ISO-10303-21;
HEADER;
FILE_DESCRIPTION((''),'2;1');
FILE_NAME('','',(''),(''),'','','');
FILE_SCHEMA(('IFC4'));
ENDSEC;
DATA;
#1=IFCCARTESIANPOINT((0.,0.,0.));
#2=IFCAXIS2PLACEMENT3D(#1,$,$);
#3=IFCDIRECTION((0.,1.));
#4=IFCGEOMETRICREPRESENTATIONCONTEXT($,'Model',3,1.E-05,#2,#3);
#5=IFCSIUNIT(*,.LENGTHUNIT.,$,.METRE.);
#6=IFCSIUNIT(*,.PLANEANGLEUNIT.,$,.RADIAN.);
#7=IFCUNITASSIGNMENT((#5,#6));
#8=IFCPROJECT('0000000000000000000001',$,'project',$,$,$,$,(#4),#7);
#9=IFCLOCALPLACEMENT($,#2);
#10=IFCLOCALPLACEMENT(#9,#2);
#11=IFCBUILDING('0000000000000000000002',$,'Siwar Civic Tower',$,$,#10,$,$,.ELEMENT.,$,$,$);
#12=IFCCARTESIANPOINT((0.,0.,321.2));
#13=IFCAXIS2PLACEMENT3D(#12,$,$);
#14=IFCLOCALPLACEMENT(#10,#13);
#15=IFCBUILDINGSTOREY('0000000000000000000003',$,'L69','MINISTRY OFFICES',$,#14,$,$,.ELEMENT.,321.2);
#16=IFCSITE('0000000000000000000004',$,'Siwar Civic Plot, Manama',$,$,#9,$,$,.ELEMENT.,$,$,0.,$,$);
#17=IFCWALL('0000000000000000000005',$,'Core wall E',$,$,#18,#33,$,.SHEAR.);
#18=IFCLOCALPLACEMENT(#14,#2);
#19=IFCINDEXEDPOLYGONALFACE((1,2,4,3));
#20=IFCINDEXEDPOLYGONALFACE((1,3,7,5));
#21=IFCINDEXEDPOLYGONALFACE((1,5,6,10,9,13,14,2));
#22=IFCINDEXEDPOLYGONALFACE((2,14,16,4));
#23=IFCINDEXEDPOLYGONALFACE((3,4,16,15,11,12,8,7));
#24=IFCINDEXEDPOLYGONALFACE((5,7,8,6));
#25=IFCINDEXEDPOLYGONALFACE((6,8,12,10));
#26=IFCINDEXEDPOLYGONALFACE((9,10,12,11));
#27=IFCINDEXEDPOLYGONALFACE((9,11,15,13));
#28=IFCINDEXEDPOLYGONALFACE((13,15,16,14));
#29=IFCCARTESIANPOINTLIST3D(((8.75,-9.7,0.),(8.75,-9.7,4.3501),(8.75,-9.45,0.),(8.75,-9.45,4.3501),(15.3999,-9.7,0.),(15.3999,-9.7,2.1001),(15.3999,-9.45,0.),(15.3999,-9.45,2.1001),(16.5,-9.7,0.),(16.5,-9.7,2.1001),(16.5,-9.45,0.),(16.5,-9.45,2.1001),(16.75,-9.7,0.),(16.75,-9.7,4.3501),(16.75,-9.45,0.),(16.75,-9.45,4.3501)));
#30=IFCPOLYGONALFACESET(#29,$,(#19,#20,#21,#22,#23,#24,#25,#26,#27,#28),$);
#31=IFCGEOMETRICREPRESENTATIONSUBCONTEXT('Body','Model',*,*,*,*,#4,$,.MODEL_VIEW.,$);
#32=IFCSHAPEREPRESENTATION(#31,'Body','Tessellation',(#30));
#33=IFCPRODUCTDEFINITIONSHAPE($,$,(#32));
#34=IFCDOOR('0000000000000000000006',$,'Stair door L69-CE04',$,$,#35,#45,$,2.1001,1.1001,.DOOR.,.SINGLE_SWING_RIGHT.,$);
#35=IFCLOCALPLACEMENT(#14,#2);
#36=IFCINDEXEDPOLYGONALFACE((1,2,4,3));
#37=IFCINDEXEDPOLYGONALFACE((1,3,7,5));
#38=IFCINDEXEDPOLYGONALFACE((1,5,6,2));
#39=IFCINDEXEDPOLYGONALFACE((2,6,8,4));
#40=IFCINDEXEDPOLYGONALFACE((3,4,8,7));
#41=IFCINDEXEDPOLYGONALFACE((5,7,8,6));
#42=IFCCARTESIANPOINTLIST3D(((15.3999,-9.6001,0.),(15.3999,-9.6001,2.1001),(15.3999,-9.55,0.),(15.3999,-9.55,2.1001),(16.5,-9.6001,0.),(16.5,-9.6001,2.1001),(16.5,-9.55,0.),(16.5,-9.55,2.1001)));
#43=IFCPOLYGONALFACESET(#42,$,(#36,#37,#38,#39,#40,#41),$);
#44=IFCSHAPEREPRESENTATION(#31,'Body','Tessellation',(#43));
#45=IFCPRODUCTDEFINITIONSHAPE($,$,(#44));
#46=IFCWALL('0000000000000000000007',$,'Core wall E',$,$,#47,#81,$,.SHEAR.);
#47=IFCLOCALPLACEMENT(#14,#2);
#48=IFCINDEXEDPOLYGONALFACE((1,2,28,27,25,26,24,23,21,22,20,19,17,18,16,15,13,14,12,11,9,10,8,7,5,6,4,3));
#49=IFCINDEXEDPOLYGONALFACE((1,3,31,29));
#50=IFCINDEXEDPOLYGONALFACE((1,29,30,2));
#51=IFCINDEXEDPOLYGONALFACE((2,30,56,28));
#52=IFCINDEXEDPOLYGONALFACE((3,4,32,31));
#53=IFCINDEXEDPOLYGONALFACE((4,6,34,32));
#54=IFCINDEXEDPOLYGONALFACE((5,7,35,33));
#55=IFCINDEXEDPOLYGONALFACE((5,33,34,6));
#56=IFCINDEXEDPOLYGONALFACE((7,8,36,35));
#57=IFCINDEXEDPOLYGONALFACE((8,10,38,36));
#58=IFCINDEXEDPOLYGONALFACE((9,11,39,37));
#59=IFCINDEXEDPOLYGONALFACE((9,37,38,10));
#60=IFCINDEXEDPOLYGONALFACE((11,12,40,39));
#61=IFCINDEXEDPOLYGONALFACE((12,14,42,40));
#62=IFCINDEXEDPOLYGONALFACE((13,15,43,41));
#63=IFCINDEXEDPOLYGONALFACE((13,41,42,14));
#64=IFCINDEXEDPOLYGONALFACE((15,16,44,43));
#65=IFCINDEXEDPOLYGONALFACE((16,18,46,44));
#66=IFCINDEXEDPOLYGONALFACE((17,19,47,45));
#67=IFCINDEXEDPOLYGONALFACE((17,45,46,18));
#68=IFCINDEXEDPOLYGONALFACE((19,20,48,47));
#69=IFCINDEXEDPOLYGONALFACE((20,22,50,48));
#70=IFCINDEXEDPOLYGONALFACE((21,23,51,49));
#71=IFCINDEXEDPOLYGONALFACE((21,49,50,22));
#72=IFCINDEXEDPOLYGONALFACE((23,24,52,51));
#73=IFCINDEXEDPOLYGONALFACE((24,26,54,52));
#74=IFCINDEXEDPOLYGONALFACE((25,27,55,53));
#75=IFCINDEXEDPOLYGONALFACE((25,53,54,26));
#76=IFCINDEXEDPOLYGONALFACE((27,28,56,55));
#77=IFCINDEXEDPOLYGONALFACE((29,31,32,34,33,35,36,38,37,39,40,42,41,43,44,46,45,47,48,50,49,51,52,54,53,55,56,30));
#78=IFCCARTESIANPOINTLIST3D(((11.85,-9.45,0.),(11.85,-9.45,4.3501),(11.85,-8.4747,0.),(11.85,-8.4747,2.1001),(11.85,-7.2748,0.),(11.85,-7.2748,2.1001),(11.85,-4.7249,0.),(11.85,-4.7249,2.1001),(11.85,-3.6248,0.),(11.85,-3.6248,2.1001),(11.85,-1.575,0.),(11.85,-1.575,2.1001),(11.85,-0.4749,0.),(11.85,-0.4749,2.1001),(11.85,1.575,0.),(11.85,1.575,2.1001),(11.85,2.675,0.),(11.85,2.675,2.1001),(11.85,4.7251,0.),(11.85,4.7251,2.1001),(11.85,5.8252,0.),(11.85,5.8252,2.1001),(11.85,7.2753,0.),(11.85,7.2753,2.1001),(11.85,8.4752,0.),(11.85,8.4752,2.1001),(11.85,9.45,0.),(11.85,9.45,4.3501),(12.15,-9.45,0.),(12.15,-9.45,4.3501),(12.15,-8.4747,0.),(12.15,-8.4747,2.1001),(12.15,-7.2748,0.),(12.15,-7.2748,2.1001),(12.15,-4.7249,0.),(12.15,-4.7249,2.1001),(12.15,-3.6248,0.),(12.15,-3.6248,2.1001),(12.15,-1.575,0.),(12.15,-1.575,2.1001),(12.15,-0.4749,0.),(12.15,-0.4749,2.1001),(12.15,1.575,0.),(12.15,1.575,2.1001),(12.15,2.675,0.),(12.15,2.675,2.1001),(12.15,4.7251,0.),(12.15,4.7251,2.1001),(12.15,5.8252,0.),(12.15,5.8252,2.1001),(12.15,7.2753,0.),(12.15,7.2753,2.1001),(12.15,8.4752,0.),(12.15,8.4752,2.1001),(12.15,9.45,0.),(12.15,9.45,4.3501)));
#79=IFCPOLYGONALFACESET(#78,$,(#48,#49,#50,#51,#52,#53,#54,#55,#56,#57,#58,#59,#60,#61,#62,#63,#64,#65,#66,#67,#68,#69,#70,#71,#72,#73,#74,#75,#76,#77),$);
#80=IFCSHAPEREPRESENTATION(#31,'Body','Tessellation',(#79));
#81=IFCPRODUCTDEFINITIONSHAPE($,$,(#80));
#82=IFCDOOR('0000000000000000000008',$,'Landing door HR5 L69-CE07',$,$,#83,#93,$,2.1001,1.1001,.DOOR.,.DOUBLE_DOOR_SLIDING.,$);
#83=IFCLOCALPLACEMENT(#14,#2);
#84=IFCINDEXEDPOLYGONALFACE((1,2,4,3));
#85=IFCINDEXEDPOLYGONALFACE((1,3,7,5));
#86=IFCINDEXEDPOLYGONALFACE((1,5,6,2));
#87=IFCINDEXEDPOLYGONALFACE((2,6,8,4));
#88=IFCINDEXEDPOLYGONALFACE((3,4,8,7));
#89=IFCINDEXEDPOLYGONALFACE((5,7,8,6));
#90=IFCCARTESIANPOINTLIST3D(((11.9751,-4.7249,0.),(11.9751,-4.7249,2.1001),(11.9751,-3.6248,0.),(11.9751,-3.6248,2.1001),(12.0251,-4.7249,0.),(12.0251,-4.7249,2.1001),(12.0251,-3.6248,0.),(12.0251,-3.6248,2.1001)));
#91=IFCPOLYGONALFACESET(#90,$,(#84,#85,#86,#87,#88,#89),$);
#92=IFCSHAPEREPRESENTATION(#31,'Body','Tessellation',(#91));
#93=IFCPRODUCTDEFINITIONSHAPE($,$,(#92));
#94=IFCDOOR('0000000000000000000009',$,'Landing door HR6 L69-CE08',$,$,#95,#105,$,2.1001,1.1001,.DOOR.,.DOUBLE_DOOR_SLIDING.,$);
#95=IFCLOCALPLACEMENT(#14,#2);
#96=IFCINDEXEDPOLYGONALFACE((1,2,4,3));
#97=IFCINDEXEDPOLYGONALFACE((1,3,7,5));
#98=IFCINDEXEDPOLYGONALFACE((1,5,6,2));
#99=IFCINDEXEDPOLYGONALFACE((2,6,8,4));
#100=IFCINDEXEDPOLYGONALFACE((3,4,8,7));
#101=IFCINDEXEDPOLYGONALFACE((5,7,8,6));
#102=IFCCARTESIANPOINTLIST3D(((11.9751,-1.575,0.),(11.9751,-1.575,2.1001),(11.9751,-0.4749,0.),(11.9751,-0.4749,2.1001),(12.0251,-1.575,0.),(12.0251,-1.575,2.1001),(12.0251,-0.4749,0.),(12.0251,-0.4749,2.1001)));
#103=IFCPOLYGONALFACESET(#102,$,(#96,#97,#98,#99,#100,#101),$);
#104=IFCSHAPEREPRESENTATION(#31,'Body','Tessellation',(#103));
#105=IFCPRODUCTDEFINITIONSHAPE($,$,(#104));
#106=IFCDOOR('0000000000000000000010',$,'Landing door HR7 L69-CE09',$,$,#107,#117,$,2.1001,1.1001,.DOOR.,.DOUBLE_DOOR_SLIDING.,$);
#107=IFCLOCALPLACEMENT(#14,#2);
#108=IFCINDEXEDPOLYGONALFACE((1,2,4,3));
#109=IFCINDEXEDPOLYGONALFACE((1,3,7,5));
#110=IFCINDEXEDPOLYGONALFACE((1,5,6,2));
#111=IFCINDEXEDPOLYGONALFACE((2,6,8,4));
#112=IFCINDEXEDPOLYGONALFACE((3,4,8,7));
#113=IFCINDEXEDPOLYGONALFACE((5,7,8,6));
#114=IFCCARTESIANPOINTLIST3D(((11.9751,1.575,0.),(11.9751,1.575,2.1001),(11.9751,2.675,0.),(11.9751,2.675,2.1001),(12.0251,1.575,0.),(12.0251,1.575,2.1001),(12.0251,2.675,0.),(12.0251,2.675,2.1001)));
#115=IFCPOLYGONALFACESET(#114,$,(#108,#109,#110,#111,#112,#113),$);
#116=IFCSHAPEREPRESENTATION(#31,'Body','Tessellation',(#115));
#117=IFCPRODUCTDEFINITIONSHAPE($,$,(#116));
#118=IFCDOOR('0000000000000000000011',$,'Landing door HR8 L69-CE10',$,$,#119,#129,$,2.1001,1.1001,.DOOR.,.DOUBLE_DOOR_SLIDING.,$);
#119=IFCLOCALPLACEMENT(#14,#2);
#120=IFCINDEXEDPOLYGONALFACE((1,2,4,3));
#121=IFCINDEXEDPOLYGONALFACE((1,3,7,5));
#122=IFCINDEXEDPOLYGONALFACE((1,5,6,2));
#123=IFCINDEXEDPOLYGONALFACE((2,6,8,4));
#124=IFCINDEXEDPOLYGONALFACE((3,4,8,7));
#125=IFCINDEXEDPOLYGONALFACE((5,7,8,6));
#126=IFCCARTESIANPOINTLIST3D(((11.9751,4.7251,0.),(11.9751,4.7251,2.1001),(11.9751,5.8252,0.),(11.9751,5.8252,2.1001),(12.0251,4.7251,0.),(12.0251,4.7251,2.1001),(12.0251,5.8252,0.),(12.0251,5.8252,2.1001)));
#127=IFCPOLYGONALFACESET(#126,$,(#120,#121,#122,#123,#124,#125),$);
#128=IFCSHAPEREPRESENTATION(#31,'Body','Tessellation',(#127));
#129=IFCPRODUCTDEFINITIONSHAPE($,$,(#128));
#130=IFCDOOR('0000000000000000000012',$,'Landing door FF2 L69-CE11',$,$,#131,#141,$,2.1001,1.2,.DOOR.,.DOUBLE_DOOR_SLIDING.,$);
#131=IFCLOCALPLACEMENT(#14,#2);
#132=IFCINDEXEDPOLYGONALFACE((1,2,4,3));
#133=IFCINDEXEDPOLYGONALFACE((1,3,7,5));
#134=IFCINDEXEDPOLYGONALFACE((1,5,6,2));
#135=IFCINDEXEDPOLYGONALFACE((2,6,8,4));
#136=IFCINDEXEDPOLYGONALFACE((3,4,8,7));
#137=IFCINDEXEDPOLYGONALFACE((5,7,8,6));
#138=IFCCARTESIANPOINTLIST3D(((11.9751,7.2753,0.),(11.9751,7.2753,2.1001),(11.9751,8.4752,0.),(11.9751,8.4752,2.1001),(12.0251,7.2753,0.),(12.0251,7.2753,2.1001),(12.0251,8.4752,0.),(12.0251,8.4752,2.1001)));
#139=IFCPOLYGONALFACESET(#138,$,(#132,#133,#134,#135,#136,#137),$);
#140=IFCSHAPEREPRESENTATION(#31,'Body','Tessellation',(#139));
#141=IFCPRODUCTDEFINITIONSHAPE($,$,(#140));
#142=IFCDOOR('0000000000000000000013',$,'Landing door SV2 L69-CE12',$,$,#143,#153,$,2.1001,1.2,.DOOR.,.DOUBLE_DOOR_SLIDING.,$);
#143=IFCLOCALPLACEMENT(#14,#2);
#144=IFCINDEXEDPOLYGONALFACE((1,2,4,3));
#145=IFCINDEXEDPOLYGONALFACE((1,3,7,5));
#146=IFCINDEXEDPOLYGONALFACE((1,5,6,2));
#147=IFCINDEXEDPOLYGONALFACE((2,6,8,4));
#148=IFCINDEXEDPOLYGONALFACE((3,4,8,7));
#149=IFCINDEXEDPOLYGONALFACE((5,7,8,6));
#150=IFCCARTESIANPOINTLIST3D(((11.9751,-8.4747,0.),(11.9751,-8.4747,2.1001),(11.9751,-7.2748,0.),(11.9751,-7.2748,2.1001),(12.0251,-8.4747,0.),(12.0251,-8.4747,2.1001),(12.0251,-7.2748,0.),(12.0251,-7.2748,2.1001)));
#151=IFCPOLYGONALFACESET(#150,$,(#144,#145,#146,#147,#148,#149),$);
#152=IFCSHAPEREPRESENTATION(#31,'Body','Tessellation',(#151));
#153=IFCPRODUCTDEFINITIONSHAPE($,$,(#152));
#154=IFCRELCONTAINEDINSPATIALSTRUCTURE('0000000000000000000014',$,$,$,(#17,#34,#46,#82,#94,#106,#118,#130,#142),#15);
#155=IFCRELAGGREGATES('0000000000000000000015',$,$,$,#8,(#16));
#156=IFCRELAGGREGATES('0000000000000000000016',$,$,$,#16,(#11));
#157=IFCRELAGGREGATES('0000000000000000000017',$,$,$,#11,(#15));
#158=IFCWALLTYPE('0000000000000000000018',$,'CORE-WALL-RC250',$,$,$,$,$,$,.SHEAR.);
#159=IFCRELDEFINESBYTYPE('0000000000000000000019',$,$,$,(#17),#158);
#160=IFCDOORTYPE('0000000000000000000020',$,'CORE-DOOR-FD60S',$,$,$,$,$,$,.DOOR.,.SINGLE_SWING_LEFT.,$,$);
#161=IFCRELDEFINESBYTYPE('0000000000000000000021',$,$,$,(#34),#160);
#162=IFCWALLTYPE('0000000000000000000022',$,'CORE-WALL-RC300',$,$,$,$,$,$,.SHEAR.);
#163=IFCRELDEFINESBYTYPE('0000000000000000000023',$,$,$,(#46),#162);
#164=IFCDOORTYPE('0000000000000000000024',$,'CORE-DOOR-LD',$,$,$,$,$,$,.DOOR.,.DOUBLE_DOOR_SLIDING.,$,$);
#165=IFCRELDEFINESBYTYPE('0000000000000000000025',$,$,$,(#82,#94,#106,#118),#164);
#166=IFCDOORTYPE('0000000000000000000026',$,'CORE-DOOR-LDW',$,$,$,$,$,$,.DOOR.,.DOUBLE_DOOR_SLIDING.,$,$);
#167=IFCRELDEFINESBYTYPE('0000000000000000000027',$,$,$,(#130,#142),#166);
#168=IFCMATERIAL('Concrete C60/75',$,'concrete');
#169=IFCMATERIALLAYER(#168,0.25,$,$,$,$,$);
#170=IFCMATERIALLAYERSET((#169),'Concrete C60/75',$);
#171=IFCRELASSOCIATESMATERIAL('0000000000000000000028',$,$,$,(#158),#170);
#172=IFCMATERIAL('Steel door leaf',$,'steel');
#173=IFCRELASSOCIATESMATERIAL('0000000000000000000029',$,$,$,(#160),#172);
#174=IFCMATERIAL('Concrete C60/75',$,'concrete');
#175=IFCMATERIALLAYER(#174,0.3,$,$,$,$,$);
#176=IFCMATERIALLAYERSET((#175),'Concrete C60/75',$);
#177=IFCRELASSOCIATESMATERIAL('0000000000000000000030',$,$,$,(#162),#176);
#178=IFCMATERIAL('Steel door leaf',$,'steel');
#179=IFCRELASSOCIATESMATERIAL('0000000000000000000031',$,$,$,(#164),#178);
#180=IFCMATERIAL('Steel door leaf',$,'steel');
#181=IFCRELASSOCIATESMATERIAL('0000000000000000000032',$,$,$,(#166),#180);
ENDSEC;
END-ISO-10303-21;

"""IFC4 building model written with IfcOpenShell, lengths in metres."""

from ifc_helpers import new_model, si_unit, direction, frame, frame_2d, origin, place, context, subcontext, project, spatial, rectangle, extrude, material, layer, layer_set, type_object, element, fill, save


model = new_model("IFC4")

# Units and contexts
model_context = context("Model", 3, precision=1e-05, world=origin(), true_north=direction((0.0, 1.0)))
body_context = subcontext(model_context, "Body", "Model", "MODEL_VIEW")
ifc_project = project(units=[si_unit("LENGTHUNIT", "METRE"), si_unit("PLANEANGLEUNIT", "RADIAN")], contexts=[model_context])

# Site, building, storey
site_placement = place(None, origin())
site = spatial("IfcSite", under=ifc_project, at=site_placement, Name="Siwar Civic Plot, Manama", CompositionType="ELEMENT", RefElevation=0.0)
building_placement = place(site_placement, origin())
building = spatial("IfcBuilding", under=site, at=building_placement, Name="Siwar Civic Tower", CompositionType="ELEMENT")
storey_placement = place(building_placement, frame((0.0, 0.0, 321.2)))
storey = spatial("IfcBuildingStorey", under=building, at=storey_placement, Name="L69", Description="MINISTRY OFFICES", CompositionType="ELEMENT", Elevation=321.2)

# Shared definitions
ifc_material_1 = material(Name="Concrete C60/75", Category="concrete")
ifc_layer_1 = layer(ifc_material_1, 0.25)
ifc_layer_set_1 = layer_set([ifc_layer_1], Name="Concrete C60/75")
wall_type_1 = type_object("IfcWallType", Name="CORE-WALL-RC250", PredefinedType="SHEAR", material=ifc_layer_set_1)

# Wall, opening, door
wall_1_placement = place(storey_placement, frame((8.75, -9.575, 0.0), z_axis=(0.0, 0.0, 1.0), x_axis=(1.0, 0.0, 0.0)))
wall_1 = element("IfcWall", 1, at=wall_1_placement, inside=storey, type_object=wall_type_1, Name="Core wall E", PredefinedType="SHEAR", context=body_context, shape_type="SweptSolid", body=[
    extrude(rectangle(XDim=8.0, YDim=0.25, at=frame_2d((4.0, 0.0))), origin(), (0.0, 0.0, 1.0), 4.3501),
])
opening_1_placement = place(wall_1_placement, frame((6.6499, 0.0, 0.0)))
opening_1 = element("IfcOpeningElement", 2, at=opening_1_placement, cuts=wall_1, PredefinedType="OPENING", context=body_context, shape_type="SweptSolid", body=[
    extrude(rectangle(XDim=1.1001, YDim=2.1001, at=frame_2d((0.55, 1.05))), frame((0.0, 0.135, 0.0), z_axis=(0.0, -1.0, 0.0), x_axis=(1.0, 0.0, 0.0)), (0.0, 0.0, 1.0), 0.27),
])
ifc_material_2 = material(Name="Steel door leaf", Category="steel")
door_type_1 = type_object("IfcDoorType", Name="CORE-DOOR-FD60S", OperationType="SINGLE_SWING_LEFT", PredefinedType="DOOR", material=ifc_material_2)
door_1_placement = place(opening_1_placement, origin())
door_1 = element("IfcDoor", 3, at=door_1_placement, inside=storey, type_object=door_type_1, Name="Stair door L69-CE04", OperationType="SINGLE_SWING_RIGHT", OverallHeight=2.1001, OverallWidth=1.1001, PredefinedType="DOOR", context=body_context, shape_type="SweptSolid", body=[
    extrude(rectangle(XDim=1.1001, YDim=2.1001, at=frame_2d((0.55, 1.05))), frame((0.0, 0.0249, 0.0), z_axis=(0.0, -1.0, 0.0), x_axis=(1.0, 0.0, 0.0)), (0.0, 0.0, 1.0), 0.05),
])
fill(opening_1, door_1)

# Wall, openings, doors
ifc_material_3 = material(Name="Concrete C60/75", Category="concrete")
ifc_layer_2 = layer(ifc_material_3, 0.3)
ifc_layer_set_2 = layer_set([ifc_layer_2], Name="Concrete C60/75")
wall_type_2 = type_object("IfcWallType", Name="CORE-WALL-RC300", PredefinedType="SHEAR", material=ifc_layer_set_2)
wall_2_placement = place(storey_placement, frame((12.0, -9.45, 0.0), z_axis=(0.0, 0.0, 1.0), x_axis=(0.0, 1.0, 0.0)))
wall_2 = element("IfcWall", 4, at=wall_2_placement, inside=storey, type_object=wall_type_2, Name="Core wall E", PredefinedType="SHEAR", context=body_context, shape_type="SweptSolid", body=[
    extrude(rectangle(XDim=18.8999, YDim=0.3, at=frame_2d((9.45, 0.0))), origin(), (0.0, 0.0, 1.0), 4.3501),
])
opening_2_placement = place(wall_2_placement, frame((4.7251, 0.0, 0.0)))
opening_2 = element("IfcOpeningElement", 5, at=opening_2_placement, cuts=wall_2, PredefinedType="OPENING", context=body_context, shape_type="SweptSolid", body=[
    extrude(rectangle(XDim=1.1001, YDim=2.1001, at=frame_2d((0.55, 1.05))), frame((0.0, 0.1602, 0.0), z_axis=(0.0, -1.0, 0.0), x_axis=(1.0, 0.0, 0.0)), (0.0, 0.0, 1.0), 0.3201),
])
opening_3_placement = place(wall_2_placement, frame((7.875, 0.0, 0.0)))
opening_3 = element("IfcOpeningElement", 6, at=opening_3_placement, cuts=wall_2, PredefinedType="OPENING", context=body_context, shape_type="SweptSolid", body=[
    extrude(rectangle(XDim=1.1001, YDim=2.1001, at=frame_2d((0.55, 1.05))), frame((0.0, 0.1602, 0.0), z_axis=(0.0, -1.0, 0.0), x_axis=(1.0, 0.0, 0.0)), (0.0, 0.0, 1.0), 0.3201),
])
opening_4_placement = place(wall_2_placement, frame((11.0249, 0.0, 0.0)))
opening_4 = element("IfcOpeningElement", 7, at=opening_4_placement, cuts=wall_2, PredefinedType="OPENING", context=body_context, shape_type="SweptSolid", body=[
    extrude(rectangle(XDim=1.1001, YDim=2.1001, at=frame_2d((0.55, 1.05))), frame((0.0, 0.1602, 0.0), z_axis=(0.0, -1.0, 0.0), x_axis=(1.0, 0.0, 0.0)), (0.0, 0.0, 1.0), 0.3201),
])
opening_5_placement = place(wall_2_placement, frame((14.175, 0.0, 0.0)))
opening_5 = element("IfcOpeningElement", 8, at=opening_5_placement, cuts=wall_2, PredefinedType="OPENING", context=body_context, shape_type="SweptSolid", body=[
    extrude(rectangle(XDim=1.1001, YDim=2.1001, at=frame_2d((0.55, 1.05))), frame((0.0, 0.1602, 0.0), z_axis=(0.0, -1.0, 0.0), x_axis=(1.0, 0.0, 0.0)), (0.0, 0.0, 1.0), 0.3201),
])
opening_6_placement = place(wall_2_placement, frame((16.7251, 0.0, 0.0)))
opening_6 = element("IfcOpeningElement", 9, at=opening_6_placement, cuts=wall_2, PredefinedType="OPENING", context=body_context, shape_type="SweptSolid", body=[
    extrude(rectangle(XDim=1.2, YDim=2.1001, at=frame_2d((0.6001, 1.05))), frame((0.0, 0.1602, 0.0), z_axis=(0.0, -1.0, 0.0), x_axis=(1.0, 0.0, 0.0)), (0.0, 0.0, 1.0), 0.3201),
])
opening_7_placement = place(wall_2_placement, frame((0.9751, 0.0, 0.0)))
opening_7 = element("IfcOpeningElement", 10, at=opening_7_placement, cuts=wall_2, PredefinedType="OPENING", context=body_context, shape_type="SweptSolid", body=[
    extrude(rectangle(XDim=1.2, YDim=2.1001, at=frame_2d((0.6001, 1.05))), frame((0.0, 0.1602, 0.0), z_axis=(0.0, -1.0, 0.0), x_axis=(1.0, 0.0, 0.0)), (0.0, 0.0, 1.0), 0.3201),
])
ifc_material_4 = material(Name="Steel door leaf", Category="steel")
door_type_2 = type_object("IfcDoorType", Name="CORE-DOOR-LD", OperationType="DOUBLE_DOOR_SLIDING", PredefinedType="DOOR", material=ifc_material_4)
door_2_placement = place(opening_2_placement, origin())
door_2 = element("IfcDoor", 11, at=door_2_placement, inside=storey, type_object=door_type_2, Name="Landing door HR5 L69-CE07", OperationType="DOUBLE_DOOR_SLIDING", OverallHeight=2.1001, OverallWidth=1.1001, PredefinedType="DOOR", context=body_context, shape_type="SweptSolid", body=[
    extrude(rectangle(XDim=1.1001, YDim=2.1001, at=frame_2d((0.55, 1.05))), frame((0.0, 0.0249, 0.0), z_axis=(0.0, -1.0, 0.0), x_axis=(1.0, 0.0, 0.0)), (0.0, 0.0, 1.0), 0.05),
])
fill(opening_2, door_2)
door_3_placement = place(opening_3_placement, origin())
door_3 = element("IfcDoor", 12, at=door_3_placement, inside=storey, type_object=door_type_2, Name="Landing door HR6 L69-CE08", OperationType="DOUBLE_DOOR_SLIDING", OverallHeight=2.1001, OverallWidth=1.1001, PredefinedType="DOOR", context=body_context, shape_type="SweptSolid", body=[
    extrude(rectangle(XDim=1.1001, YDim=2.1001, at=frame_2d((0.55, 1.05))), frame((0.0, 0.0249, 0.0), z_axis=(0.0, -1.0, 0.0), x_axis=(1.0, 0.0, 0.0)), (0.0, 0.0, 1.0), 0.05),
])
fill(opening_3, door_3)
door_4_placement = place(opening_4_placement, origin())
door_4 = element("IfcDoor", 13, at=door_4_placement, inside=storey, type_object=door_type_2, Name="Landing door HR7 L69-CE09", OperationType="DOUBLE_DOOR_SLIDING", OverallHeight=2.1001, OverallWidth=1.1001, PredefinedType="DOOR", context=body_context, shape_type="SweptSolid", body=[
    extrude(rectangle(XDim=1.1001, YDim=2.1001, at=frame_2d((0.55, 1.05))), frame((0.0, 0.0249, 0.0), z_axis=(0.0, -1.0, 0.0), x_axis=(1.0, 0.0, 0.0)), (0.0, 0.0, 1.0), 0.05),
])
fill(opening_4, door_4)
door_5_placement = place(opening_5_placement, origin())
door_5 = element("IfcDoor", 14, at=door_5_placement, inside=storey, type_object=door_type_2, Name="Landing door HR8 L69-CE10", OperationType="DOUBLE_DOOR_SLIDING", OverallHeight=2.1001, OverallWidth=1.1001, PredefinedType="DOOR", context=body_context, shape_type="SweptSolid", body=[
    extrude(rectangle(XDim=1.1001, YDim=2.1001, at=frame_2d((0.55, 1.05))), frame((0.0, 0.0249, 0.0), z_axis=(0.0, -1.0, 0.0), x_axis=(1.0, 0.0, 0.0)), (0.0, 0.0, 1.0), 0.05),
])
fill(opening_5, door_5)
ifc_material_5 = material(Name="Steel door leaf", Category="steel")
door_type_3 = type_object("IfcDoorType", Name="CORE-DOOR-LDW", OperationType="DOUBLE_DOOR_SLIDING", PredefinedType="DOOR", material=ifc_material_5)
door_6_placement = place(opening_6_placement, origin())
door_6 = element("IfcDoor", 15, at=door_6_placement, inside=storey, type_object=door_type_3, Name="Landing door FF2 L69-CE11", OperationType="DOUBLE_DOOR_SLIDING", OverallHeight=2.1001, OverallWidth=1.2, PredefinedType="DOOR", context=body_context, shape_type="SweptSolid", body=[
    extrude(rectangle(XDim=1.2, YDim=2.1001, at=frame_2d((0.6001, 1.05))), frame((0.0, 0.0249, 0.0), z_axis=(0.0, -1.0, 0.0), x_axis=(1.0, 0.0, 0.0)), (0.0, 0.0, 1.0), 0.05),
])
fill(opening_6, door_6)
door_7_placement = place(opening_7_placement, origin())
door_7 = element("IfcDoor", 16, at=door_7_placement, inside=storey, type_object=door_type_3, Name="Landing door SV2 L69-CE12", OperationType="DOUBLE_DOOR_SLIDING", OverallHeight=2.1001, OverallWidth=1.2, PredefinedType="DOOR", context=body_context, shape_type="SweptSolid", body=[
    extrude(rectangle(XDim=1.2, YDim=2.1001, at=frame_2d((0.6001, 1.05))), frame((0.0, 0.0249, 0.0), z_axis=(0.0, -1.0, 0.0), x_axis=(1.0, 0.0, 0.0)), (0.0, 0.0, 1.0), 0.05),
])
fill(opening_7, door_7)

save(model, "model.ifc")
